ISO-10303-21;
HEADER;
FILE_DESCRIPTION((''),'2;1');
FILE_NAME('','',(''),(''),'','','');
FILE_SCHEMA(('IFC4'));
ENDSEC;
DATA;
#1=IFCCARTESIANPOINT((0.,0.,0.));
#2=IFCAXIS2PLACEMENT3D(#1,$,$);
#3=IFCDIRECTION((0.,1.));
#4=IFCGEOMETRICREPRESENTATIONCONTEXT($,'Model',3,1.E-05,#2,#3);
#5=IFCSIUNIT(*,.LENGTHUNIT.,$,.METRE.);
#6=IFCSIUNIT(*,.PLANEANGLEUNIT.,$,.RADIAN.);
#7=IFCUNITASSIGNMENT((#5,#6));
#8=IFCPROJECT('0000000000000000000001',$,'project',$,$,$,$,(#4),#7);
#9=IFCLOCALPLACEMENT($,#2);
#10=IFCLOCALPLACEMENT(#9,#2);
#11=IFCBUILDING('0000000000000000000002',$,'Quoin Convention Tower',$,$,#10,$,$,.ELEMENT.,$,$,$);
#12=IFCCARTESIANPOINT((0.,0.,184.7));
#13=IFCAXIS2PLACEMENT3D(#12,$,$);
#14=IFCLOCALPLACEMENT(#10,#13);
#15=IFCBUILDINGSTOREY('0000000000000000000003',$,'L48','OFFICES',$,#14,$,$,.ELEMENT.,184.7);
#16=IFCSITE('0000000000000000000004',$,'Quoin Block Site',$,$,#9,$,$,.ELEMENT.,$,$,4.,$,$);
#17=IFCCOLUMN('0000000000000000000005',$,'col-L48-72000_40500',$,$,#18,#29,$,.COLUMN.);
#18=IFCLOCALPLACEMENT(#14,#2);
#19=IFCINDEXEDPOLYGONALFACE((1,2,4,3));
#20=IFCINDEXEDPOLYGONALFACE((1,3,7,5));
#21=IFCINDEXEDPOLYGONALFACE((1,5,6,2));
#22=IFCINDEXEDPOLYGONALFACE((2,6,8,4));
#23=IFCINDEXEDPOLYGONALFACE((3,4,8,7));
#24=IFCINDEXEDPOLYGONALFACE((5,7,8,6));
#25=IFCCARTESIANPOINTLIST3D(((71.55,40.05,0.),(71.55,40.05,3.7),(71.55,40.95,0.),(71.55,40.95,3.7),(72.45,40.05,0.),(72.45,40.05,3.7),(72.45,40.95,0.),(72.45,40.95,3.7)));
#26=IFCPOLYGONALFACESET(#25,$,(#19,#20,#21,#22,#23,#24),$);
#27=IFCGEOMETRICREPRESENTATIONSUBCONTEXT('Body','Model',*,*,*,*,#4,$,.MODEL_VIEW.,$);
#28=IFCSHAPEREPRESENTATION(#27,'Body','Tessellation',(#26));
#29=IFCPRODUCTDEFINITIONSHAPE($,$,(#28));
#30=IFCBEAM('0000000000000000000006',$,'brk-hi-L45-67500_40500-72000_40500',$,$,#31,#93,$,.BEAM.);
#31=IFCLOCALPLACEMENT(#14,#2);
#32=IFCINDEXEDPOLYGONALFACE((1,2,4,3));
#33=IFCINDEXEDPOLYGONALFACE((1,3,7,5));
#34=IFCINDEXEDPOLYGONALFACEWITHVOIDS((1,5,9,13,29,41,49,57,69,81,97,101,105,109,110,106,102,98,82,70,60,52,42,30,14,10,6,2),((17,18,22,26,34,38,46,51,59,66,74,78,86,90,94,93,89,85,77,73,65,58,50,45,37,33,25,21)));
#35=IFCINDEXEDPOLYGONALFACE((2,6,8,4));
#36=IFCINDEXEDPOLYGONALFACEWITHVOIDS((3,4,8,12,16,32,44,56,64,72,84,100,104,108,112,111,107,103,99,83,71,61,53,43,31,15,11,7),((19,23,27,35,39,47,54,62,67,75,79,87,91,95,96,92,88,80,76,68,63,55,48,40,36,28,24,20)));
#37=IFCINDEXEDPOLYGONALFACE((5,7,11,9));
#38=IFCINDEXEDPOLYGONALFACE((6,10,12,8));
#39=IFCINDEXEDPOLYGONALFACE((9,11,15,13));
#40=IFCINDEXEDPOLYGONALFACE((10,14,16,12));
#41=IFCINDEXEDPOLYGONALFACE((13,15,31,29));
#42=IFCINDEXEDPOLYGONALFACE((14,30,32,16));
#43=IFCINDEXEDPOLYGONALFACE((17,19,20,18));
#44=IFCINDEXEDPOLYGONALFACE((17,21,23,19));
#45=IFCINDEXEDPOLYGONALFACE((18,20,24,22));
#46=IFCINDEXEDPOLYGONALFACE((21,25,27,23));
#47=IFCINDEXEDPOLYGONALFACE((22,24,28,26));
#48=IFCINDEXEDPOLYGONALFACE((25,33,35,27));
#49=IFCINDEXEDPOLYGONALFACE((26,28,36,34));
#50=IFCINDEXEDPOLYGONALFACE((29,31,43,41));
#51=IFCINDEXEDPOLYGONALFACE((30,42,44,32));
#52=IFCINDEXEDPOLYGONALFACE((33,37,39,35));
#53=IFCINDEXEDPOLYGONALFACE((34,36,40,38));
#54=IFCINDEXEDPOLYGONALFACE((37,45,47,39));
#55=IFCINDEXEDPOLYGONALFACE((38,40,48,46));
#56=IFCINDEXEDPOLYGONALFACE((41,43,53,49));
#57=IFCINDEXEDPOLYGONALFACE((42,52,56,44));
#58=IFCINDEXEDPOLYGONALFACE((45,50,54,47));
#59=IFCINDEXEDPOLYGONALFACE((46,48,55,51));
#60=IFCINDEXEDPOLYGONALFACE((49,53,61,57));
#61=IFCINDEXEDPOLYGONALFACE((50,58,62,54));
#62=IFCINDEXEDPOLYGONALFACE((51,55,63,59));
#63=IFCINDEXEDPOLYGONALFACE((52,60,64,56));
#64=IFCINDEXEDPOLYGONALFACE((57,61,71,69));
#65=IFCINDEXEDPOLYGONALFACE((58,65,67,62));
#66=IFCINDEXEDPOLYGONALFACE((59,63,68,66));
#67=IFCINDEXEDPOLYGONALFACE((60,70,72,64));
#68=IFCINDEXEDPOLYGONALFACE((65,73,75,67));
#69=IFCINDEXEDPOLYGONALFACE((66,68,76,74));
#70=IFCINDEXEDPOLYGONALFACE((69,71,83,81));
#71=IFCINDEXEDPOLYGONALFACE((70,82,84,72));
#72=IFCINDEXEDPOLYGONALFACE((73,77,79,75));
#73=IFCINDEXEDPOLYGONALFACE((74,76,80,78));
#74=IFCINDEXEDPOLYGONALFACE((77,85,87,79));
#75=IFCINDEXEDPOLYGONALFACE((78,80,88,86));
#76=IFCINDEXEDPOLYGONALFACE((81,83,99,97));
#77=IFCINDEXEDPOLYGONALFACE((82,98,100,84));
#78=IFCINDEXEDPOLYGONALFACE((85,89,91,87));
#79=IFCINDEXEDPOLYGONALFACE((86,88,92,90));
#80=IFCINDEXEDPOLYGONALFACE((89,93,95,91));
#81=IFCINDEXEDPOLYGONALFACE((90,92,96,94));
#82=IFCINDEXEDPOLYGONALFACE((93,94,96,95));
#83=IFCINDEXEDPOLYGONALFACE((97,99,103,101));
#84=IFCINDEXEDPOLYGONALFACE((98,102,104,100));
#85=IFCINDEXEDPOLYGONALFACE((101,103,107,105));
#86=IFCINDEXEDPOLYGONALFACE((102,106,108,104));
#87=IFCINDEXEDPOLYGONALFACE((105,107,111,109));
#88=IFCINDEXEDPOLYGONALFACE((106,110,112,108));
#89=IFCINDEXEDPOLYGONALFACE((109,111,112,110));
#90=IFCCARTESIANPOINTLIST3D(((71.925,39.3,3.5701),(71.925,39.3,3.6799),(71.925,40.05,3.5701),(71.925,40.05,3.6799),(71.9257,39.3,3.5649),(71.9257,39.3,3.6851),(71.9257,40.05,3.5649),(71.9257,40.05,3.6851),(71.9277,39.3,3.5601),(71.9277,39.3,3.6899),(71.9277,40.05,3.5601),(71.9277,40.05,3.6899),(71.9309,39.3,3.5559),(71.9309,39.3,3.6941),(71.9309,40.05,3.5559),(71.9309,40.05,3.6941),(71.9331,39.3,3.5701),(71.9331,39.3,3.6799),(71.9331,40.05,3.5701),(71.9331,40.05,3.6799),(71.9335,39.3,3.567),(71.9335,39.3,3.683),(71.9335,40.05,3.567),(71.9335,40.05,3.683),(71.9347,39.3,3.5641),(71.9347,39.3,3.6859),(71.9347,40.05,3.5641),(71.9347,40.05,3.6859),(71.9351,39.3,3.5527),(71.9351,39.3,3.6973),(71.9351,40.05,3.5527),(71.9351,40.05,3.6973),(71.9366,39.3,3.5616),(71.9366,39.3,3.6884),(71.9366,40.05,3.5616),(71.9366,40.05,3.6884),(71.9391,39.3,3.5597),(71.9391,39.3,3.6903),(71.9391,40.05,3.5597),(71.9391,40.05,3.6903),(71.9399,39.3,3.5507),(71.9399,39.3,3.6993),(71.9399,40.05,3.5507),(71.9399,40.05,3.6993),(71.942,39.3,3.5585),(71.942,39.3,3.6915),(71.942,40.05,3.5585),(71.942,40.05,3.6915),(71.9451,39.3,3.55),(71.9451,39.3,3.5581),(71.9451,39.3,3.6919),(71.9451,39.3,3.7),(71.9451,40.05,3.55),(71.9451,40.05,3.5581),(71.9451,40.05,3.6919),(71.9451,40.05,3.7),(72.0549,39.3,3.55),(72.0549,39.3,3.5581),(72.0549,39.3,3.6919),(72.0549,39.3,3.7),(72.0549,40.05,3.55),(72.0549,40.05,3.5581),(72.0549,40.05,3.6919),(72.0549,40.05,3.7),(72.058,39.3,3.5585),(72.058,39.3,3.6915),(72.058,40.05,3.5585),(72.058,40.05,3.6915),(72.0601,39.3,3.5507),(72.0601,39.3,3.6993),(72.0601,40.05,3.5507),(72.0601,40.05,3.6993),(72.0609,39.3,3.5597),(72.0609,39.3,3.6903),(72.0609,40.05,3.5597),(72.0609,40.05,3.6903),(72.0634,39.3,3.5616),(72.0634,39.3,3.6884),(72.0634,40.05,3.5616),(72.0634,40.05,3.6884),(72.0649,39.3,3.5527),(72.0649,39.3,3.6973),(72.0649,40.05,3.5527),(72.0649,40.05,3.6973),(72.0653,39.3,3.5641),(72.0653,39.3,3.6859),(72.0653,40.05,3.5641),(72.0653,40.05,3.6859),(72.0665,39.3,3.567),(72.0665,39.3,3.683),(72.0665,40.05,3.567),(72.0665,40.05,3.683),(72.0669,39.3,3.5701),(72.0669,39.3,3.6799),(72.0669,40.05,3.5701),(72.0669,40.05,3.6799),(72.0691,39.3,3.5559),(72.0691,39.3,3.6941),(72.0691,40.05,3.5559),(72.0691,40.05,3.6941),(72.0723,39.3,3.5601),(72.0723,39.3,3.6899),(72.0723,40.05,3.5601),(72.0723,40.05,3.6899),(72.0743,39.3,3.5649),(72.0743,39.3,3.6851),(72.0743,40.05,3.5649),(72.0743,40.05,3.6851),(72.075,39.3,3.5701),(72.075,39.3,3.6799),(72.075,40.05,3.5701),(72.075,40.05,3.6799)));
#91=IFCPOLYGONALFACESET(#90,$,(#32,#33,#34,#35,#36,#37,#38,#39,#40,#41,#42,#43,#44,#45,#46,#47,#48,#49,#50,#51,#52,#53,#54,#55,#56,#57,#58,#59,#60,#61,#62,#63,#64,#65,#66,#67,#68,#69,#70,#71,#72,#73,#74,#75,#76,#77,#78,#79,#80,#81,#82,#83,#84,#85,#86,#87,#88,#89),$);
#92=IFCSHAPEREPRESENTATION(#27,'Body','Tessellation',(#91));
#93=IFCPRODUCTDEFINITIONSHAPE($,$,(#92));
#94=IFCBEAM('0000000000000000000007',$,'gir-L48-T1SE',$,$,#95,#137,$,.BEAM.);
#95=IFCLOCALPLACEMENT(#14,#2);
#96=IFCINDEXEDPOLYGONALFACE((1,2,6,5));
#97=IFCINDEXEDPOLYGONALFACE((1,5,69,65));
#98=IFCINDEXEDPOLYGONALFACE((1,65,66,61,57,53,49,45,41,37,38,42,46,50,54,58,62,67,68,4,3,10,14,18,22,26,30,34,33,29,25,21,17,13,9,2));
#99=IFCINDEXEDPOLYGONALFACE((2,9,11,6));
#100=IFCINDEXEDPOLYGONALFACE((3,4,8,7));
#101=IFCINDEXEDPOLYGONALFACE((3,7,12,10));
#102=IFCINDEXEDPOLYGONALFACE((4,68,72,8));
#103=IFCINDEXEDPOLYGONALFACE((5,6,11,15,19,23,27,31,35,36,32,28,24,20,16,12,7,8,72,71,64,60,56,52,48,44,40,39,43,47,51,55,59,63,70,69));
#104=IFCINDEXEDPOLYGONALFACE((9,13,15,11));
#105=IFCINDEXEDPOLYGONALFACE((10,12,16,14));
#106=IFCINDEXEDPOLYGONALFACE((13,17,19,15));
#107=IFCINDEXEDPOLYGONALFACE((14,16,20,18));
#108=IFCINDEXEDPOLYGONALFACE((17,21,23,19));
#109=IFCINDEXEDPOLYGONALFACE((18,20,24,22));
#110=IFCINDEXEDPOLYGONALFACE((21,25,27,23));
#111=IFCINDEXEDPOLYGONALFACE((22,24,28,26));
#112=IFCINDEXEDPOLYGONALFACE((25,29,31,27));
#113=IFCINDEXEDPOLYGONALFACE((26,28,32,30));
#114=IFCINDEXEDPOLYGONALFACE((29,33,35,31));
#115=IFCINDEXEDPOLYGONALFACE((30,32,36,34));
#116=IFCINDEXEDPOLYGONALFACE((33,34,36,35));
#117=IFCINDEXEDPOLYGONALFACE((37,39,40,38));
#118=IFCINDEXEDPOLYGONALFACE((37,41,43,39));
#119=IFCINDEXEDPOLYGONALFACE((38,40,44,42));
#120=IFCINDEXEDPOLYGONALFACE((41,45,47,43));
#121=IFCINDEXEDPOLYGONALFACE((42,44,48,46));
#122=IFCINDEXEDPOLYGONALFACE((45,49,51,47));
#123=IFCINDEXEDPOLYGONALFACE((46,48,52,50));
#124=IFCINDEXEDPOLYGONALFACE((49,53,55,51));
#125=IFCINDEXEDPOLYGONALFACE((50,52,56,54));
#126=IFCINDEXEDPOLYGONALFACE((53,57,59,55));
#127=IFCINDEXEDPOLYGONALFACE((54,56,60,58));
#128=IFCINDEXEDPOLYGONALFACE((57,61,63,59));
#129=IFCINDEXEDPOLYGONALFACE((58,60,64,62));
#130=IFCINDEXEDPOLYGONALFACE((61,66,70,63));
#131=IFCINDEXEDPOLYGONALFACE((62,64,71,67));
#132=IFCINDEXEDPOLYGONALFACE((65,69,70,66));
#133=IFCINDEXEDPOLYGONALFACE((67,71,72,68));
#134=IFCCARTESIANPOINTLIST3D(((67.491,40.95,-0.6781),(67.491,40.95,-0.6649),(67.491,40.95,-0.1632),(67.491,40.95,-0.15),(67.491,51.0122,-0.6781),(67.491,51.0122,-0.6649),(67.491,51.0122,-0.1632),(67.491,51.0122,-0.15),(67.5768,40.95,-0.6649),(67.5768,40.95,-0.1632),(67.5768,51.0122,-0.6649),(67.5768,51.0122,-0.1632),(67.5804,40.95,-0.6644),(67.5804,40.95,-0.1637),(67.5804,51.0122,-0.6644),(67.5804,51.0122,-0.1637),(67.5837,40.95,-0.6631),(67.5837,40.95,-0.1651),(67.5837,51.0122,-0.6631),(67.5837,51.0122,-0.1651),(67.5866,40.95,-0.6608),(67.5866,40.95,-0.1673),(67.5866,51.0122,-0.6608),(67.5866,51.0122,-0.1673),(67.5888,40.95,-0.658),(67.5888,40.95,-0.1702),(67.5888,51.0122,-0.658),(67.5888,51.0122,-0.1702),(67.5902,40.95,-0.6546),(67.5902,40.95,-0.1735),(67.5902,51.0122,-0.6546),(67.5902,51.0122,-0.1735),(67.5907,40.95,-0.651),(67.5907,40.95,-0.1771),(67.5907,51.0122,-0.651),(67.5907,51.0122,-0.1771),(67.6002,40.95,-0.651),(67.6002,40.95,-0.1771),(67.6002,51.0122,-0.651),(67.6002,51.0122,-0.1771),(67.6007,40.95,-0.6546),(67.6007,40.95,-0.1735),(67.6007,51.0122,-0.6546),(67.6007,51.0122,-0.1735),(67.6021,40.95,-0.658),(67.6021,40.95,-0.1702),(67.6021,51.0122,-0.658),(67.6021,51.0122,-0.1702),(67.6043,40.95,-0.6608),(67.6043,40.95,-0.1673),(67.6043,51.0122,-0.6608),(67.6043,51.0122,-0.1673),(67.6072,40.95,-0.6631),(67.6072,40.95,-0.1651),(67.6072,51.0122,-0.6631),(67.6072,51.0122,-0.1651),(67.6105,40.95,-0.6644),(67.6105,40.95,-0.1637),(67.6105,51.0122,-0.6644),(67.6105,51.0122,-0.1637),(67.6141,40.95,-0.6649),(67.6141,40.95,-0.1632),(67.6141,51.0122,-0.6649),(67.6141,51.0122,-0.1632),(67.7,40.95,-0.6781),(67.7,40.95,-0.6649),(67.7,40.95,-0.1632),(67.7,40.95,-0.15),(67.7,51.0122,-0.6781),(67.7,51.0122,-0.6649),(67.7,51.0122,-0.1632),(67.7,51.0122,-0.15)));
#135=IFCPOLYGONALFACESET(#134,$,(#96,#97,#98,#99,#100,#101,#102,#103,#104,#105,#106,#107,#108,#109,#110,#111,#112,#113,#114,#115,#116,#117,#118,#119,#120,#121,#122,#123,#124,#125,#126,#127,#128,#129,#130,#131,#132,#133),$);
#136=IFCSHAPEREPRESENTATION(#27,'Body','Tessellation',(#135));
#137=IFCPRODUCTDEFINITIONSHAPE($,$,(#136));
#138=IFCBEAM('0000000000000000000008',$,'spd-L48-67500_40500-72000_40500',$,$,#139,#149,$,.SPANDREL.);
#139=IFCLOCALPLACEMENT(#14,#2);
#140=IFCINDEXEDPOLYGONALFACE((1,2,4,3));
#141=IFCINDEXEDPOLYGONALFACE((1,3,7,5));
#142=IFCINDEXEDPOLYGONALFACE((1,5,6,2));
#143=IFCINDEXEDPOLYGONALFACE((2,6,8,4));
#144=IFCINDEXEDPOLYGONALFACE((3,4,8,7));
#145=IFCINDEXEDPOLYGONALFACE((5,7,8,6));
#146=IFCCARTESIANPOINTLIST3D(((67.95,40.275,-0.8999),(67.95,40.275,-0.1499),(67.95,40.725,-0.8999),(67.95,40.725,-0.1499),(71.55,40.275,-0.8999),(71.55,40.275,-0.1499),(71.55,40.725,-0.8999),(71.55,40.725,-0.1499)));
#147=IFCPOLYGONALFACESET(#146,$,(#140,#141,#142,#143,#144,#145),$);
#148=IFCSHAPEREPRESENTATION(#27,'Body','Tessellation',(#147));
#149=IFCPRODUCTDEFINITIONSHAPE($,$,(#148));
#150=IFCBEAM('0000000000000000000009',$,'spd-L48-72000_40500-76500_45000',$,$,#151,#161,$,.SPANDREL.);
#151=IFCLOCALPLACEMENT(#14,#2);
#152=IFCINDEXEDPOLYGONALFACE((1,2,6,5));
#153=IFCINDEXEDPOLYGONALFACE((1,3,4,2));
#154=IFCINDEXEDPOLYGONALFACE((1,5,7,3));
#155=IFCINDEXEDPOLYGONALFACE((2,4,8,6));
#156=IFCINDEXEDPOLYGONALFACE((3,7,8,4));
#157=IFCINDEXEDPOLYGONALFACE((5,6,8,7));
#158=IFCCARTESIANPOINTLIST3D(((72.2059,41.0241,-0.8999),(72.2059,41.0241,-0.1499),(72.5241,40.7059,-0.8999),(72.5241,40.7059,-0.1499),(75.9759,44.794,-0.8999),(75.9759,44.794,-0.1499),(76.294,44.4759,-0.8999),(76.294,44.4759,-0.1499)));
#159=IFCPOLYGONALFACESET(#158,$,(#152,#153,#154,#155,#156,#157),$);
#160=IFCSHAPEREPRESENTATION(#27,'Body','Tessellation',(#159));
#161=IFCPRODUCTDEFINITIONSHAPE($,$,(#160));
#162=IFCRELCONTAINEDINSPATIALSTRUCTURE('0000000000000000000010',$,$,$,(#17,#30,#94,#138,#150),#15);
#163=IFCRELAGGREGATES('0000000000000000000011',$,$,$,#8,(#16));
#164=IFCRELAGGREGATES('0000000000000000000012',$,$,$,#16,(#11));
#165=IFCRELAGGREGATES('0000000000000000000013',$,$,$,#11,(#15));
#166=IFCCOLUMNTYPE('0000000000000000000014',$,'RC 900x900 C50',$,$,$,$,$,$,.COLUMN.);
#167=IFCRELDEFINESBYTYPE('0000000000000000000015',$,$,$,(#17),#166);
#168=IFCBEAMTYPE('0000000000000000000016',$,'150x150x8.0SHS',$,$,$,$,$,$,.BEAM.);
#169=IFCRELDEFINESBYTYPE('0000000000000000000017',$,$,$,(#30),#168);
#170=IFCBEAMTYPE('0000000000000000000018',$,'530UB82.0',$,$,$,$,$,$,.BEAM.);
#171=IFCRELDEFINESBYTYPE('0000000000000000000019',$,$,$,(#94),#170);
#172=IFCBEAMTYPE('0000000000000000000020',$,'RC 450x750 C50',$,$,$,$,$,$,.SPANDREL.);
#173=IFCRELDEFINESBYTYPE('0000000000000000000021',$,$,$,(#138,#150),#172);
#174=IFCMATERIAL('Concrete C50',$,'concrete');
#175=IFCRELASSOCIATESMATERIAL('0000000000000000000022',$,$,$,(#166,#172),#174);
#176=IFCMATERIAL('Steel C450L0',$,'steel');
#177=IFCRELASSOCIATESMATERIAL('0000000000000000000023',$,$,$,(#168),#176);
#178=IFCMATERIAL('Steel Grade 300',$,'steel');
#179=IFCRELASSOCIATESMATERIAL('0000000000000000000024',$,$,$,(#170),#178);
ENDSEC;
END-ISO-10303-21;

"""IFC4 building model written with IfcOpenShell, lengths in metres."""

from ifc_helpers import new_model, si_unit, direction, frame, origin, origin_2d, place, context, subcontext, project, spatial, rectangle, hollow_rectangle, i_section, extrude, material, material_profile, profile_set, type_object, element, save


model = new_model("IFC4")

# Units and contexts
model_context = context("Model", 3, precision=1e-05, world=origin(), true_north=direction((0.0, 1.0)))
body_context = subcontext(model_context, "Body", "Model", "MODEL_VIEW")
ifc_project = project(units=[si_unit("LENGTHUNIT", "METRE"), si_unit("PLANEANGLEUNIT", "RADIAN")], contexts=[model_context])

# Site, building, storey
site_placement = place(None, origin())
site = spatial("IfcSite", under=ifc_project, at=site_placement, Name="Quoin Block Site", CompositionType="ELEMENT", RefElevation=4.0)
building_placement = place(site_placement, origin())
building = spatial("IfcBuilding", under=site, at=building_placement, Name="Quoin Convention Tower", CompositionType="ELEMENT")
storey_placement = place(building_placement, frame((0.0, 0.0, 184.7)))
storey = spatial("IfcBuildingStorey", under=building, at=storey_placement, Name="L48", Description="OFFICES", CompositionType="ELEMENT", Elevation=184.7)

# Column
ifc_material_1 = material(Name="Concrete C50", Category="concrete")
ifc_material_profile_1 = material_profile(ifc_material_1, rectangle(XDim=0.8999, YDim=0.8999, at=origin_2d()), Name="RC 900x900")
ifc_profile_set_1 = profile_set([ifc_material_profile_1], Name="Concrete C50")
column_type = type_object("IfcColumnType", Name="RC 900x900 C50", PredefinedType="COLUMN", material=ifc_profile_set_1)
column_placement = place(storey_placement, frame((72.0, 40.5, 0.0), z_axis=(0.0, 0.0, 1.0), x_axis=(1.0, 0.0, 0.0)))
element("IfcColumn", 1, at=column_placement, inside=storey, type_object=column_type, Name="col-L48-72000_40500", PredefinedType="COLUMN", context=body_context, shape_type="SweptSolid", body=[
    extrude(rectangle(XDim=0.8999, YDim=0.8999, at=origin_2d()), origin(), (0.0, 0.0, 1.0), 3.7),
])

# Beams
ifc_material_2 = material(Name="Steel C450L0", Category="steel")
ifc_material_profile_2 = material_profile(ifc_material_2, hollow_rectangle(XDim=0.1499, YDim=0.1499, WallThickness=0.0081, InnerFilletRadius=0.012, OuterFilletRadius=0.02, at=origin_2d()), Name="150x150x8.0SHS")
ifc_profile_set_2 = profile_set([ifc_material_profile_2], Name="Steel C450L0")
beam_type_1 = type_object("IfcBeamType", Name="150x150x8.0SHS", PredefinedType="BEAM", material=ifc_profile_set_2)
beam_1_placement = place(storey_placement, frame((72.0, 40.05, 3.625), z_axis=(0.0, -1.0, 0.0), x_axis=(1.0, 0.0, 0.0)))
element("IfcBeam", 2, at=beam_1_placement, inside=storey, type_object=beam_type_1, Name="brk-hi-L45-67500_40500-72000_40500", PredefinedType="BEAM", context=body_context, shape_type="SweptSolid", body=[
    extrude(hollow_rectangle(XDim=0.1499, YDim=0.1499, WallThickness=0.0081, InnerFilletRadius=0.012, OuterFilletRadius=0.02, at=origin_2d()), origin(), (0.0, 0.0, 1.0), 0.75),
])
ifc_material_3 = material(Name="Steel Grade 300", Category="steel")
ifc_material_profile_3 = material_profile(ifc_material_3, i_section(OverallWidth=0.209, OverallDepth=0.5281, WebThickness=0.0095, FlangeThickness=0.0132, FilletRadius=0.0139, at=origin_2d()), Name="530UB82.0")
ifc_profile_set_3 = profile_set([ifc_material_profile_3], Name="Steel Grade 300")
beam_type_2 = type_object("IfcBeamType", Name="530UB82.0", PredefinedType="BEAM", material=ifc_profile_set_3)
beam_2_placement = place(storey_placement, frame((67.5955, 40.95, -0.4141), z_axis=(0.0, 1.0, 0.0), x_axis=(-1.0, 0.0, 0.0)))
element("IfcBeam", 3, at=beam_2_placement, inside=storey, type_object=beam_type_2, Name="gir-L48-T1SE", PredefinedType="BEAM", context=body_context, shape_type="SweptSolid", body=[
    extrude(i_section(OverallWidth=0.209, OverallDepth=0.5281, WebThickness=0.0095, FlangeThickness=0.0132, FilletRadius=0.0139, at=origin_2d()), origin(), (0.0, 0.0, 1.0), 10.0623),
])
ifc_material_profile_4 = material_profile(ifc_material_1, rectangle(XDim=0.45, YDim=0.75, at=origin_2d()), Name="RC 450x750")
ifc_profile_set_4 = profile_set([ifc_material_profile_4], Name="Concrete C50")
beam_type_3 = type_object("IfcBeamType", Name="RC 450x750 C50", PredefinedType="SPANDREL", material=ifc_profile_set_4)
beam_3_placement = place(storey_placement, frame((67.95, 40.5, -0.5249), z_axis=(1.0, 0.0, 0.0), x_axis=(0.0, 1.0, 0.0)))
element("IfcBeam", 4, at=beam_3_placement, inside=storey, type_object=beam_type_3, Name="spd-L48-67500_40500-72000_40500", PredefinedType="SPANDREL", context=body_context, shape_type="SweptSolid", body=[
    extrude(rectangle(XDim=0.45, YDim=0.75, at=origin_2d()), origin(), (0.0, 0.0, 1.0), 3.6001),
])
beam_4_placement = place(storey_placement, frame((72.365, 40.865, -0.5249), z_axis=(0.707107, 0.707107, 0.0), x_axis=(-0.707107, 0.707107, 0.0)))
element("IfcBeam", 5, at=beam_4_placement, inside=storey, type_object=beam_type_3, Name="spd-L48-72000_40500-76500_45000", PredefinedType="SPANDREL", context=body_context, shape_type="SweptSolid", body=[
    extrude(rectangle(XDim=0.45, YDim=0.75, at=origin_2d()), origin(), (0.0, 0.0, 1.0), 5.3315),
])

save(model, "model.ifc")
